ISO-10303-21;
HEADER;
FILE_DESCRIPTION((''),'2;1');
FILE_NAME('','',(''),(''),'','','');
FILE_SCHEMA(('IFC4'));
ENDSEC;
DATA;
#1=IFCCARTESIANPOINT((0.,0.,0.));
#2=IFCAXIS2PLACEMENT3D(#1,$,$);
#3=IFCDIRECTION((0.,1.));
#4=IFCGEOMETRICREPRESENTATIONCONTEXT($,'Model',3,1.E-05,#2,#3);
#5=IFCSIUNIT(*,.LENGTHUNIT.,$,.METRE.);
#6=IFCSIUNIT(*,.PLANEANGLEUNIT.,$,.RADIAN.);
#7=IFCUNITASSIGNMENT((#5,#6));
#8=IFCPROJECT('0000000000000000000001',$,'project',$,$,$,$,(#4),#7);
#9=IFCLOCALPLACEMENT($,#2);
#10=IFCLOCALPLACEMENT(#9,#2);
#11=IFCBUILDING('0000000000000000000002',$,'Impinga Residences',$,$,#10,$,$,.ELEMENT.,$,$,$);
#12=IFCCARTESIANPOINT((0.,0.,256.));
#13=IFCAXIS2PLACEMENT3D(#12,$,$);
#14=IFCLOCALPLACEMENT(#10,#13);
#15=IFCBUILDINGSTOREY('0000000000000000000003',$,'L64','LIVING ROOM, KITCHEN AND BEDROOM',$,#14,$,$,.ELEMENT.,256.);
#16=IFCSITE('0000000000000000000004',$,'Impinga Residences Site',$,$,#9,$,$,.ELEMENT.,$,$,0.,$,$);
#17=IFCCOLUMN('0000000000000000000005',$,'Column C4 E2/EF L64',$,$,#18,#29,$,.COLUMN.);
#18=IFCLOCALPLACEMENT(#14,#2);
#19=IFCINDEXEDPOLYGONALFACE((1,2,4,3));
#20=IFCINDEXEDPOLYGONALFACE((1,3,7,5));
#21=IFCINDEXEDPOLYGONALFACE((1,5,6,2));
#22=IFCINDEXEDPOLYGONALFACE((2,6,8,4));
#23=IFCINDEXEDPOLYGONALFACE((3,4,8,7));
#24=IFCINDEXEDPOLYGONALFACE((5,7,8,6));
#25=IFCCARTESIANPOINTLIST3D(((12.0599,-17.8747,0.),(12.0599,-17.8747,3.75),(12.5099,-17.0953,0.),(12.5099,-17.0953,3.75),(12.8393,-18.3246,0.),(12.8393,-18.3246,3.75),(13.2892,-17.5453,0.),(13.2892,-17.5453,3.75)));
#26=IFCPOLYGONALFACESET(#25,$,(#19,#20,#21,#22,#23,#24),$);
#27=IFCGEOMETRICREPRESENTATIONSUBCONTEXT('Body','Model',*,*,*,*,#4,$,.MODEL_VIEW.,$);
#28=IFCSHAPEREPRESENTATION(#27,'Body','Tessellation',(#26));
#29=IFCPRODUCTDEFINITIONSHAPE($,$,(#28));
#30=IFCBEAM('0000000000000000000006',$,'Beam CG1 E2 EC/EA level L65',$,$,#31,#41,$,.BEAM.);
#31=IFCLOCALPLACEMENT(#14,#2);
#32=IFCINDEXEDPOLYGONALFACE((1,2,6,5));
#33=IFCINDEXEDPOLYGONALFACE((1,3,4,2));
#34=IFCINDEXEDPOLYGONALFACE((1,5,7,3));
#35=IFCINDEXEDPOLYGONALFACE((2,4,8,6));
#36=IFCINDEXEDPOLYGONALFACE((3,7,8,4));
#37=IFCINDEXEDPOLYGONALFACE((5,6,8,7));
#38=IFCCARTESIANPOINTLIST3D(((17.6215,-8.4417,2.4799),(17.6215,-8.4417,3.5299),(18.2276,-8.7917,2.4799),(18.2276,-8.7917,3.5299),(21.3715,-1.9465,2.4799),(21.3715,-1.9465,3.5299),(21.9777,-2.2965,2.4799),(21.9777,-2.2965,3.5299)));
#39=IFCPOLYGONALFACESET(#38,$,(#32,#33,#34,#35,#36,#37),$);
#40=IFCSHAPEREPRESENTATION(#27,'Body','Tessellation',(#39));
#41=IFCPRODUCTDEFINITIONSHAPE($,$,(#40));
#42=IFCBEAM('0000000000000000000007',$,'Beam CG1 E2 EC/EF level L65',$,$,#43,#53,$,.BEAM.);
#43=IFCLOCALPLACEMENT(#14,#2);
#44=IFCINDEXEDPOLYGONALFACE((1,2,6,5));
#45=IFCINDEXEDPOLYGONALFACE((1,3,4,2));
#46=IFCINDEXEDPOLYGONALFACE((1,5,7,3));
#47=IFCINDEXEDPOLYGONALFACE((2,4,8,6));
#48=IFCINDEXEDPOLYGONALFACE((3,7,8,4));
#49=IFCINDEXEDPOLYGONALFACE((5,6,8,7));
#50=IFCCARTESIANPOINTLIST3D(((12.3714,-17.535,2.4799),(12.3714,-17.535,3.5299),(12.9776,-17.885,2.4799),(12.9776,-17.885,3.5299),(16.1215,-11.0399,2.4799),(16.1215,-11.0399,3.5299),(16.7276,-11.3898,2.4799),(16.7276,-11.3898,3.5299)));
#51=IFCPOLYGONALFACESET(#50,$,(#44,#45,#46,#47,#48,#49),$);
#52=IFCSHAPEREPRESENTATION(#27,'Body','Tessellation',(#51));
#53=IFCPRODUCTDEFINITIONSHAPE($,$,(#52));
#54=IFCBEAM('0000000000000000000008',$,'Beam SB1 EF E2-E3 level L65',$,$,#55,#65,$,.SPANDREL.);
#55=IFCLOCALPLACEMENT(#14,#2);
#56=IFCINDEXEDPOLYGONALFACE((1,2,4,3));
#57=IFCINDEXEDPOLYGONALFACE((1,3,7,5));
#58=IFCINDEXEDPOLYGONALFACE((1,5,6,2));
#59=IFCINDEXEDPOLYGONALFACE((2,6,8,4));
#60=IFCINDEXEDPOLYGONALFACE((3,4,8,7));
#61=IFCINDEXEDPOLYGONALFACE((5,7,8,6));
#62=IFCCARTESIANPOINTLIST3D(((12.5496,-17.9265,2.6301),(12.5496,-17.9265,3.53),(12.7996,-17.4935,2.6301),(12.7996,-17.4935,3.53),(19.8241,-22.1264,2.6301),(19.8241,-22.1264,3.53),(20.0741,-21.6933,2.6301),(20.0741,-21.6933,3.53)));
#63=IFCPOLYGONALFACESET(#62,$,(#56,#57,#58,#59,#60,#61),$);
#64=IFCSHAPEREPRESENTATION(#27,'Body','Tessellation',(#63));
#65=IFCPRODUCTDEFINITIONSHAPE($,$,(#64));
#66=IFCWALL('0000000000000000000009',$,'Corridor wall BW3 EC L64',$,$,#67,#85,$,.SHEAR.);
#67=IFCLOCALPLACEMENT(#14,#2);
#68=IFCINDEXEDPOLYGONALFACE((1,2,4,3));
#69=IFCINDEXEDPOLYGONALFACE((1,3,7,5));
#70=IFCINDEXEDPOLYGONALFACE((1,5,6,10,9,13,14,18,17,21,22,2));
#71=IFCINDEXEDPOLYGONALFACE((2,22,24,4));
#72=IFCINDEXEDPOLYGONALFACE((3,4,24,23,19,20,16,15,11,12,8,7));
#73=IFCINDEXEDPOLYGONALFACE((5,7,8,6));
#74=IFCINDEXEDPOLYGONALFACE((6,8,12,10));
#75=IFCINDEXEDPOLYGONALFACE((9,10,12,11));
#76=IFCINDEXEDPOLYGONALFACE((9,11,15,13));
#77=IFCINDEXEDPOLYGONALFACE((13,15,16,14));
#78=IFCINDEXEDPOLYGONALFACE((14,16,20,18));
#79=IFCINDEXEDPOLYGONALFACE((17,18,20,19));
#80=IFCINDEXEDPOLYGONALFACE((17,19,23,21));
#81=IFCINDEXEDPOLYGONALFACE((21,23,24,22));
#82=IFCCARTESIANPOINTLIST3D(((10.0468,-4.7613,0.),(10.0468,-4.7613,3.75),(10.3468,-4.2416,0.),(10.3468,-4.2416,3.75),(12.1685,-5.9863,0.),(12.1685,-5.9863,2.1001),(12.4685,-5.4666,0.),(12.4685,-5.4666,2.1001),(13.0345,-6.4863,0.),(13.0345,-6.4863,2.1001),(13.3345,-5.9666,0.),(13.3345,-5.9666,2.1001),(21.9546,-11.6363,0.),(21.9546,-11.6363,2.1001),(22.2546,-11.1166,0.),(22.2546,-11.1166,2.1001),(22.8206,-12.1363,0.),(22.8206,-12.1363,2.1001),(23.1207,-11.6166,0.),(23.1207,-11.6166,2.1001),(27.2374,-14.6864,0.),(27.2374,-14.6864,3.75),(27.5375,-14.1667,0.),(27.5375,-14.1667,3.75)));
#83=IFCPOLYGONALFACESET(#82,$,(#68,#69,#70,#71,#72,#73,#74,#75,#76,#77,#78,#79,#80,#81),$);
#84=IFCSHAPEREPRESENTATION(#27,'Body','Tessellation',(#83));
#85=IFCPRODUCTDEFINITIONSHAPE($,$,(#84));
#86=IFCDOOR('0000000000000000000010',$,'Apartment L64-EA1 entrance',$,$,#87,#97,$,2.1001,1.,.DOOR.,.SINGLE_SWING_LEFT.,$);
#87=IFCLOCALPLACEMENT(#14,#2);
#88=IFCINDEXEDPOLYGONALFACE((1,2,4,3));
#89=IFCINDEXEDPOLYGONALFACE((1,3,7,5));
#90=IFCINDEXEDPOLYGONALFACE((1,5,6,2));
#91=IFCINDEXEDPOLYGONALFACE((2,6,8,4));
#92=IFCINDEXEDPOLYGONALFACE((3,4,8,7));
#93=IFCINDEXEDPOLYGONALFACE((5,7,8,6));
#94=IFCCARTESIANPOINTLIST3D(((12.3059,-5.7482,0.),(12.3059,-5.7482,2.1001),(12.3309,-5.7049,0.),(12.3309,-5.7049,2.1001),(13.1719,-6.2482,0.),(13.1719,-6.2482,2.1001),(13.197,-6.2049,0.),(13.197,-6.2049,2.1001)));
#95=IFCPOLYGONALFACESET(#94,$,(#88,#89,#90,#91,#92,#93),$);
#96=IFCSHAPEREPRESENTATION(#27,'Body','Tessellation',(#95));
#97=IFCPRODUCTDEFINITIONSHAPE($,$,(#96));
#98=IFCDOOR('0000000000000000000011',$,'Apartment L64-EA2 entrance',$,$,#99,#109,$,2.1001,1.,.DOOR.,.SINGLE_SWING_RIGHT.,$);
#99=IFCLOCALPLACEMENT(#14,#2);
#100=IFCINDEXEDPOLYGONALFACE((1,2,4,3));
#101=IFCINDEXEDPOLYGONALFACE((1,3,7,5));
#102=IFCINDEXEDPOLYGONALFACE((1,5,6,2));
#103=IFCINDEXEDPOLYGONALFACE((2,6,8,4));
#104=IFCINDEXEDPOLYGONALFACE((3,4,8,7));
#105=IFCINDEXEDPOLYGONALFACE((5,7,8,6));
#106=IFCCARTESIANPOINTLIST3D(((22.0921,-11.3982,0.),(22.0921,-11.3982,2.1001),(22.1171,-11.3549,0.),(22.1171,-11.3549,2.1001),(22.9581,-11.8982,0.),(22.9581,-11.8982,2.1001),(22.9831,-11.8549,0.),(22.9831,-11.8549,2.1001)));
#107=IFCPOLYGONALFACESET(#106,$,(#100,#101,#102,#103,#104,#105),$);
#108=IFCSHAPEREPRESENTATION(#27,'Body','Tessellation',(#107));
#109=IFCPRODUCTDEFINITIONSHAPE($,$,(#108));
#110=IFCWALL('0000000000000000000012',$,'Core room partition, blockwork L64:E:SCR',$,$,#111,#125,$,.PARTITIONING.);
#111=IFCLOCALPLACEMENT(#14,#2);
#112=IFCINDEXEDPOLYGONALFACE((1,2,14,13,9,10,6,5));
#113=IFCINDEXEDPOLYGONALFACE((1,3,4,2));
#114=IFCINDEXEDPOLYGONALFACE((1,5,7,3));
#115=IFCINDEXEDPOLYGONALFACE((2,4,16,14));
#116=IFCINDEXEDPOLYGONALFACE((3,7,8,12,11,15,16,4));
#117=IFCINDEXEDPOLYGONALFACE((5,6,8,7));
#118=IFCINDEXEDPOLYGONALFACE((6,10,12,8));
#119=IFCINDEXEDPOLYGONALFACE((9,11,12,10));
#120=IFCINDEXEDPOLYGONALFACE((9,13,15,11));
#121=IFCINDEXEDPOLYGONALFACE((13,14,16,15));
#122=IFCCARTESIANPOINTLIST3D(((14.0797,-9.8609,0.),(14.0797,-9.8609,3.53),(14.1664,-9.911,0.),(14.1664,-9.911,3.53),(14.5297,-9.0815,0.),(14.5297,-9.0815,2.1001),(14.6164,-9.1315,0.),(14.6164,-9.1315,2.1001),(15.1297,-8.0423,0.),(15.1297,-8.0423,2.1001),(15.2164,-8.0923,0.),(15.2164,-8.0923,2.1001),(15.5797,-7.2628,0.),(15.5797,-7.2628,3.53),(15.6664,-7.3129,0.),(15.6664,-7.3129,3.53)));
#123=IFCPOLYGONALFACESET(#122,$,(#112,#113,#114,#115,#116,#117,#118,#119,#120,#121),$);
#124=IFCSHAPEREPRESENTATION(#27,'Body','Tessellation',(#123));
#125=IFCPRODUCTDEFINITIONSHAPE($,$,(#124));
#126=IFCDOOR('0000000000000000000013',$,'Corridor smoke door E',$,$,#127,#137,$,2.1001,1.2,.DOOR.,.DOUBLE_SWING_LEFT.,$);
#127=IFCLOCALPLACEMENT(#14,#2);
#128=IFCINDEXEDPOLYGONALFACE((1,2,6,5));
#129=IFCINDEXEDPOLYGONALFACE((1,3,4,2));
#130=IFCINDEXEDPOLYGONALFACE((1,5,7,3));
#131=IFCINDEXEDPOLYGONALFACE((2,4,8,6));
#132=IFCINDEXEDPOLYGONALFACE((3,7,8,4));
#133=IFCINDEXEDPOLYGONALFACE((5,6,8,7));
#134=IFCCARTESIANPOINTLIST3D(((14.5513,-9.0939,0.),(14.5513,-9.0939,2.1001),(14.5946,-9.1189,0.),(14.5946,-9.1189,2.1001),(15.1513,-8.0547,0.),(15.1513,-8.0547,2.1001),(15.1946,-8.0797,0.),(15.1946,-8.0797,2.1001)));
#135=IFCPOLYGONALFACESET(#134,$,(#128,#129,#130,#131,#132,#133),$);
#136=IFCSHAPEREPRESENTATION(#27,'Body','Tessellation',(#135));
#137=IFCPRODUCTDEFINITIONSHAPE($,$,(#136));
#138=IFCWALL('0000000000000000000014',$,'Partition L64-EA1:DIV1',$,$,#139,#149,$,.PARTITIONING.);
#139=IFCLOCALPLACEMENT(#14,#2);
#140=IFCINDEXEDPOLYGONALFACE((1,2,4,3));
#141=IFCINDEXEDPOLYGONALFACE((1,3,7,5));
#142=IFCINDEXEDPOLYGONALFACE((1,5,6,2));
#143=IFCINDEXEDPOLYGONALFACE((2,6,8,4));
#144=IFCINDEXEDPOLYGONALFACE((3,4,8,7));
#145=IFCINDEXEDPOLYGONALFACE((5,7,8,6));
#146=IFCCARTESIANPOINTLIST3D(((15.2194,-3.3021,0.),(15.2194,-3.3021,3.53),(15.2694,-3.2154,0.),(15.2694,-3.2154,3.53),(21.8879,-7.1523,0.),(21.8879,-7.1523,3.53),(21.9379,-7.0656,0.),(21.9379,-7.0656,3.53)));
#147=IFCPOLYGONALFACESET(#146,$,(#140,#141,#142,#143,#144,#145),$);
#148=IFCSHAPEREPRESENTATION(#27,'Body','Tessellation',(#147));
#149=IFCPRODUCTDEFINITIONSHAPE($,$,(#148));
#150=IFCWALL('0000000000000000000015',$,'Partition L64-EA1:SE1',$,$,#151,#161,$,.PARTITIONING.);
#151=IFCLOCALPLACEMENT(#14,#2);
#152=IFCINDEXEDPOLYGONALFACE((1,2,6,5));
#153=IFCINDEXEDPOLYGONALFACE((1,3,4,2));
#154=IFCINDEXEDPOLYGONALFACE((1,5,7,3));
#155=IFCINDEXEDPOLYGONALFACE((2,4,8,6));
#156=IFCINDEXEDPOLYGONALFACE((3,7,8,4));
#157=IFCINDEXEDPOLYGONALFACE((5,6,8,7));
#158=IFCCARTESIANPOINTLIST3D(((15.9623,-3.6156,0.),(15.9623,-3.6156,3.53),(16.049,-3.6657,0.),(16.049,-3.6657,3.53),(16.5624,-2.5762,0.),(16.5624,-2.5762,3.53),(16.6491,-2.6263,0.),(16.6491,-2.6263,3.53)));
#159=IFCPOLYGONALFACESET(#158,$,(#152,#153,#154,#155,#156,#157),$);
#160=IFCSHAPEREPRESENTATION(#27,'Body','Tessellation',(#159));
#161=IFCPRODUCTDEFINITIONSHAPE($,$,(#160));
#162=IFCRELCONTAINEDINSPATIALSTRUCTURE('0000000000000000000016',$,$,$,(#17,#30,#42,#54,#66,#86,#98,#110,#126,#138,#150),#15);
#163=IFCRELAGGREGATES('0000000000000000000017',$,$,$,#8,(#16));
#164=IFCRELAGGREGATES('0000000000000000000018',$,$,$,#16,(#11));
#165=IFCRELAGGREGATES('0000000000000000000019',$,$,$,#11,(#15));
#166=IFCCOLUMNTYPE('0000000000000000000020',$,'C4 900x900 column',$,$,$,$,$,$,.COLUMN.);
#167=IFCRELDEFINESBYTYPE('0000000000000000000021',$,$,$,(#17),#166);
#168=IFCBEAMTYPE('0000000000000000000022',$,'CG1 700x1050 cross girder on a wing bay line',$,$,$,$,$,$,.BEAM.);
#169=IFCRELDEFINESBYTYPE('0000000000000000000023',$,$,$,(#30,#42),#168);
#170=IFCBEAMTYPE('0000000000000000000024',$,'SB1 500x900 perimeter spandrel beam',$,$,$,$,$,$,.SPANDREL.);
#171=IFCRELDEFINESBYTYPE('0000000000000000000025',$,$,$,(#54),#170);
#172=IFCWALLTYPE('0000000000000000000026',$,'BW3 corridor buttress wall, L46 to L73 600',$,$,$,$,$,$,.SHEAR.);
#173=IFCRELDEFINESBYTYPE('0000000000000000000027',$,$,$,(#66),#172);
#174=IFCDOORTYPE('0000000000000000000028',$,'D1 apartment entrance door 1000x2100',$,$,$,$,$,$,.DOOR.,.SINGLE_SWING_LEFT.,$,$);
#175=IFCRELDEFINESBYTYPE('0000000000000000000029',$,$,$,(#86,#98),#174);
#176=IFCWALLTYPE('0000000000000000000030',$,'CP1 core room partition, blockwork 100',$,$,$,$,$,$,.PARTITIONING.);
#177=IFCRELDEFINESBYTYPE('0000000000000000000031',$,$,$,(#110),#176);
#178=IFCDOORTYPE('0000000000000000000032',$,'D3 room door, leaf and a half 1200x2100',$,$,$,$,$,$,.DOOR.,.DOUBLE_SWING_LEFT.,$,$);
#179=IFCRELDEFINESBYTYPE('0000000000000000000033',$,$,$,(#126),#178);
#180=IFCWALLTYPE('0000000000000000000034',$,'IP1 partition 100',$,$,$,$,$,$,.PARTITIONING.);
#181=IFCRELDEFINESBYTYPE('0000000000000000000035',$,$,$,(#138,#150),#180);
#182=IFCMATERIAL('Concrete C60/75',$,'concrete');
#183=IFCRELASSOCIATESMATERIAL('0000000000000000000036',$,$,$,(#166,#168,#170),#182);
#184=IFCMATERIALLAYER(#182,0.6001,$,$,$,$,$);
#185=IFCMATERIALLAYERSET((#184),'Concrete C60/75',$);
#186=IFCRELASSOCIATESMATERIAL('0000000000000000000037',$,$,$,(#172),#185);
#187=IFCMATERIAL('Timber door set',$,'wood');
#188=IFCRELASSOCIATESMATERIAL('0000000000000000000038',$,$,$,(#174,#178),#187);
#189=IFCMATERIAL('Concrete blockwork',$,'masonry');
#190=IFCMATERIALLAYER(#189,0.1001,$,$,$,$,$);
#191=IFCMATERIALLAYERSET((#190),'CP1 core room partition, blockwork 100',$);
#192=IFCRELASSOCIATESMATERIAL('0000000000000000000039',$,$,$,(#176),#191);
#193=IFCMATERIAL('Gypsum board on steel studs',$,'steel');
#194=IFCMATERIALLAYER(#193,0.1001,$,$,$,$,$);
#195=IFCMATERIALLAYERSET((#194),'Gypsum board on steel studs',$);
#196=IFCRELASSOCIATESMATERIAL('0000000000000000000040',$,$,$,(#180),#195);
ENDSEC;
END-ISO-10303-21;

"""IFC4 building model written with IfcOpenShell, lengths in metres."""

from ifc_helpers import new_model, si_unit, direction, frame, frame_2d, origin, origin_2d, place, context, subcontext, project, spatial, rectangle, extrude, material, layer, layer_set, material_profile, profile_set, type_object, element, fill, save


model = new_model("IFC4")

# Units and contexts
model_context = context("Model", 3, precision=1e-05, world=origin(), true_north=direction((0.0, 1.0)))
body_context = subcontext(model_context, "Body", "Model", "MODEL_VIEW")
ifc_project = project(units=[si_unit("LENGTHUNIT", "METRE"), si_unit("PLANEANGLEUNIT", "RADIAN")], contexts=[model_context])

# Site, building, storey
site_placement = place(None, origin())
site = spatial("IfcSite", under=ifc_project, at=site_placement, Name="Impinga Residences Site", CompositionType="ELEMENT", RefElevation=0.0)
building_placement = place(site_placement, origin())
building = spatial("IfcBuilding", under=site, at=building_placement, Name="Impinga Residences", CompositionType="ELEMENT")
storey_placement = place(building_placement, frame((0.0, 0.0, 256.0)))
storey = spatial("IfcBuildingStorey", under=building, at=storey_placement, Name="L64", Description="LIVING ROOM, KITCHEN AND BEDROOM", CompositionType="ELEMENT", Elevation=256.0)

# Column
ifc_material_1 = material(Name="Concrete C60/75", Category="concrete")
ifc_material_profile_1 = material_profile(ifc_material_1, rectangle(XDim=0.8999, YDim=0.8999, at=origin_2d()), Name="RC 900x900")
ifc_profile_set_1 = profile_set([ifc_material_profile_1], Name="Concrete C60/75")
column_type = type_object("IfcColumnType", Name="C4 900x900 column", PredefinedType="COLUMN", material=ifc_profile_set_1)
column_placement = place(storey_placement, frame((12.6746, -17.71, 0.0), z_axis=(0.0, 0.0, 1.0), x_axis=(-0.5, -0.866025, 0.0)))
element("IfcColumn", 1, at=column_placement, inside=storey, type_object=column_type, Name="Column C4 E2/EF L64", PredefinedType="COLUMN", context=body_context, shape_type="SweptSolid", body=[
    extrude(rectangle(XDim=0.8999, YDim=0.8999, at=origin_2d()), origin(), (0.0, 0.0, 1.0), 3.75),
])

# Beams
ifc_material_profile_2 = material_profile(ifc_material_1, rectangle(XDim=0.7, YDim=1.05, at=origin_2d()), Name="RC 700x1050")
ifc_profile_set_2 = profile_set([ifc_material_profile_2], Name="Concrete C60/75")
beam_type_1 = type_object("IfcBeamType", Name="CG1 700x1050 cross girder on a wing bay line", PredefinedType="BEAM", material=ifc_profile_set_2)
for number, where, z_axis, x_axis, name in (
    (2, (17.9246, -8.6167, 3.0049), (0.500004, 0.866023, 0.0), (-0.866023, 0.500004, 0.0), "Beam CG1 E2 EC/EA level L65"),
    (3, (16.4246, -11.2148, 3.0049), (-0.500004, -0.866023, 0.0), (0.866023, -0.500004, 0.0), "Beam CG1 E2 EC/EF level L65"),
):
    element("IfcBeam", number, at=place(storey_placement, frame(where, z_axis=z_axis, x_axis=x_axis)), inside=storey, type_object=beam_type_1, Name=name, PredefinedType="BEAM", context=body_context, shape_type="SweptSolid", body=[
        extrude(rectangle(XDim=0.7, YDim=1.05, at=origin_2d()), origin(), (0.0, 0.0, 1.0), 7.5),
    ])
ifc_material_profile_3 = material_profile(ifc_material_1, rectangle(XDim=0.5, YDim=0.8999, at=origin_2d()), Name="RC 500x900")
ifc_profile_set_3 = profile_set([ifc_material_profile_3], Name="Concrete C60/75")
beam_type_2 = type_object("IfcBeamType", Name="SB1 500x900 perimeter spandrel beam", PredefinedType="SPANDREL", material=ifc_profile_set_3)
beam_placement = place(storey_placement, frame((12.6746, -17.71, 3.0801), z_axis=(0.866029, -0.499993, 0.0), x_axis=(0.499993, 0.866029, 0.0)))
element("IfcBeam", 4, at=beam_placement, inside=storey, type_object=beam_type_2, Name="Beam SB1 EF E2-E3 level L65", PredefinedType="SPANDREL", context=body_context, shape_type="SweptSolid", body=[
    extrude(rectangle(XDim=0.5, YDim=0.8999, at=origin_2d()), origin(), (0.0, 0.0, 1.0), 8.3999),
])

# Wall, openings, doors
ifc_layer_1 = layer(ifc_material_1, 0.6001)
ifc_layer_set_1 = layer_set([ifc_layer_1], Name="Concrete C60/75")
wall_type_1 = type_object("IfcWallType", Name="BW3 corridor buttress wall, L46 to L73 600", PredefinedType="SHEAR", material=ifc_layer_set_1)
wall_1_placement = place(storey_placement, frame((10.1968, -4.5015, 0.0), z_axis=(0.0, 0.0, 1.0), x_axis=(0.866025, -0.5, 0.0)))
wall_1 = element("IfcWall", 5, at=wall_1_placement, inside=storey, type_object=wall_type_1, Name="Corridor wall BW3 EC L64", PredefinedType="SHEAR", context=body_context, shape_type="SweptSolid", body=[
    extrude(rectangle(XDim=19.8501, YDim=0.6001, at=frame_2d((9.925, 0.0))), origin(), (0.0, 0.0, 1.0), 3.75),
])
opening_1_placement = place(wall_1_placement, frame((2.45, 0.0, 0.0)))
opening_1 = element("IfcOpeningElement", 6, at=opening_1_placement, cuts=wall_1, PredefinedType="OPENING", context=body_context, shape_type="SweptSolid", body=[
    extrude(rectangle(XDim=1.0, YDim=2.1001, at=frame_2d((0.5, 1.05))), frame((0.0, 0.3101, 0.0), z_axis=(0.0, -1.0, 0.0), x_axis=(1.0, 0.0, 0.0)), (0.0, 0.0, 1.0), 0.6201),
])
opening_2_placement = place(wall_1_placement, frame((13.75, 0.0, 0.0)))
opening_2 = element("IfcOpeningElement", 7, at=opening_2_placement, cuts=wall_1, PredefinedType="OPENING", context=body_context, shape_type="SweptSolid", body=[
    extrude(rectangle(XDim=1.0, YDim=2.1001, at=frame_2d((0.5, 1.05))), frame((0.0, 0.3101, 0.0), z_axis=(0.0, -1.0, 0.0), x_axis=(1.0, 0.0, 0.0)), (0.0, 0.0, 1.0), 0.6201),
])
ifc_material_2 = material(Name="Timber door set", Category="wood")
door_type_1 = type_object("IfcDoorType", Name="D1 apartment entrance door 1000x2100", OperationType="SINGLE_SWING_LEFT", PredefinedType="DOOR", material=ifc_material_2)
door_1_placement = place(opening_1_placement, origin())
door_1 = element("IfcDoor", 8, at=door_1_placement, inside=storey, type_object=door_type_1, Name="Apartment L64-EA1 entrance", OperationType="SINGLE_SWING_LEFT", OverallHeight=2.1001, OverallWidth=1.0, PredefinedType="DOOR", context=body_context, shape_type="SweptSolid", body=[
    extrude(rectangle(XDim=1.0, YDim=2.1001, at=frame_2d((0.5, 1.05))), frame((0.0, 0.0249, 0.0), z_axis=(0.0, -1.0, 0.0), x_axis=(1.0, 0.0, 0.0)), (0.0, 0.0, 1.0), 0.05),
])
fill(opening_1, door_1)
door_2_placement = place(opening_2_placement, origin())
door_2 = element("IfcDoor", 9, at=door_2_placement, inside=storey, type_object=door_type_1, Name="Apartment L64-EA2 entrance", OperationType="SINGLE_SWING_RIGHT", OverallHeight=2.1001, OverallWidth=1.0, PredefinedType="DOOR", context=body_context, shape_type="SweptSolid", body=[
    extrude(rectangle(XDim=1.0, YDim=2.1001, at=frame_2d((0.5, 1.05))), frame((0.0, 0.0249, 0.0), z_axis=(0.0, -1.0, 0.0), x_axis=(1.0, 0.0, 0.0)), (0.0, 0.0, 1.0), 0.05),
])
fill(opening_2, door_2)

# Wall, opening, door
ifc_material_3 = material(Name="Concrete blockwork", Category="masonry")
ifc_layer_2 = layer(ifc_material_3, 0.1001)
ifc_layer_set_2 = layer_set([ifc_layer_2], Name="CP1 core room partition, blockwork 100")
wall_type_2 = type_object("IfcWallType", Name="CP1 core room partition, blockwork 100", PredefinedType="PARTITIONING", material=ifc_layer_set_2)
wall_2_placement = place(storey_placement, frame((15.623, -7.2878, 0.0), z_axis=(0.0, 0.0, 1.0), x_axis=(-0.49999, -0.866031, 0.0)))
wall_2 = element("IfcWall", 10, at=wall_2_placement, inside=storey, type_object=wall_type_2, Name="Core room partition, blockwork L64:E:SCR", PredefinedType="PARTITIONING", context=body_context, shape_type="SweptSolid", body=[
    extrude(rectangle(XDim=3.0, YDim=0.1001, at=frame_2d((1.5, 0.0))), origin(), (0.0, 0.0, 1.0), 3.53),
])
opening_3_placement = place(wall_2_placement, frame((0.8999, 0.0, 0.0)))
opening_3 = element("IfcOpeningElement", 11, at=opening_3_placement, cuts=wall_2, PredefinedType="OPENING", context=body_context, shape_type="SweptSolid", body=[
    extrude(rectangle(XDim=1.2, YDim=2.1001, at=frame_2d((0.6001, 1.05))), frame((0.0, 0.0601, 0.0), z_axis=(0.0, -1.0, 0.0), x_axis=(1.0, 0.0, 0.0)), (0.0, 0.0, 1.0), 0.1201),
])
door_type_2 = type_object("IfcDoorType", Name="D3 room door, leaf and a half 1200x2100", OperationType="DOUBLE_SWING_LEFT", PredefinedType="DOOR", material=ifc_material_2)
door_3_placement = place(opening_3_placement, origin())
door_3 = element("IfcDoor", 12, at=door_3_placement, inside=storey, type_object=door_type_2, Name="Corridor smoke door E", OperationType="DOUBLE_SWING_LEFT", OverallHeight=2.1001, OverallWidth=1.2, PredefinedType="DOOR", context=body_context, shape_type="SweptSolid", body=[
    extrude(rectangle(XDim=1.2, YDim=2.1001, at=frame_2d((0.6001, 1.05))), frame((0.0, 0.0249, 0.0), z_axis=(0.0, -1.0, 0.0), x_axis=(1.0, 0.0, 0.0)), (0.0, 0.0, 1.0), 0.05),
])
fill(opening_3, door_3)

# Walls
ifc_material_4 = material(Name="Gypsum board on steel studs", Category="steel")
ifc_layer_3 = layer(ifc_material_4, 0.1001)
ifc_layer_set_3 = layer_set([ifc_layer_3], Name="Gypsum board on steel studs")
wall_type_3 = type_object("IfcWallType", Name="IP1 partition 100", PredefinedType="PARTITIONING", material=ifc_layer_set_3)
wall_3_placement = place(storey_placement, frame((15.2444, -3.2588, 0.0), z_axis=(0.0, 0.0, 1.0), x_axis=(0.866022, -0.500006, 0.0)))
element("IfcWall", 13, at=wall_3_placement, inside=storey, type_object=wall_type_3, Name="Partition L64-EA1:DIV1", PredefinedType="PARTITIONING", context=body_context, shape_type="SweptSolid", body=[
    extrude(rectangle(XDim=7.7002, YDim=0.1001, at=frame_2d((3.8501, 0.0))), origin(), (0.0, 0.0, 1.0), 3.53),
])
wall_4_placement = place(storey_placement, frame((16.0056, -3.6406, 0.0), z_axis=(0.0, 0.0, 1.0), x_axis=(0.500034, 0.866006, 0.0)))
element("IfcWall", 14, at=wall_4_placement, inside=storey, type_object=wall_type_3, Name="Partition L64-EA1:SE1", PredefinedType="PARTITIONING", context=body_context, shape_type="SweptSolid", body=[
    extrude(rectangle(XDim=1.2002, YDim=0.1001, at=frame_2d((0.6001, 0.0))), origin(), (0.0, 0.0, 1.0), 3.53),
])

save(model, "model.ifc")
